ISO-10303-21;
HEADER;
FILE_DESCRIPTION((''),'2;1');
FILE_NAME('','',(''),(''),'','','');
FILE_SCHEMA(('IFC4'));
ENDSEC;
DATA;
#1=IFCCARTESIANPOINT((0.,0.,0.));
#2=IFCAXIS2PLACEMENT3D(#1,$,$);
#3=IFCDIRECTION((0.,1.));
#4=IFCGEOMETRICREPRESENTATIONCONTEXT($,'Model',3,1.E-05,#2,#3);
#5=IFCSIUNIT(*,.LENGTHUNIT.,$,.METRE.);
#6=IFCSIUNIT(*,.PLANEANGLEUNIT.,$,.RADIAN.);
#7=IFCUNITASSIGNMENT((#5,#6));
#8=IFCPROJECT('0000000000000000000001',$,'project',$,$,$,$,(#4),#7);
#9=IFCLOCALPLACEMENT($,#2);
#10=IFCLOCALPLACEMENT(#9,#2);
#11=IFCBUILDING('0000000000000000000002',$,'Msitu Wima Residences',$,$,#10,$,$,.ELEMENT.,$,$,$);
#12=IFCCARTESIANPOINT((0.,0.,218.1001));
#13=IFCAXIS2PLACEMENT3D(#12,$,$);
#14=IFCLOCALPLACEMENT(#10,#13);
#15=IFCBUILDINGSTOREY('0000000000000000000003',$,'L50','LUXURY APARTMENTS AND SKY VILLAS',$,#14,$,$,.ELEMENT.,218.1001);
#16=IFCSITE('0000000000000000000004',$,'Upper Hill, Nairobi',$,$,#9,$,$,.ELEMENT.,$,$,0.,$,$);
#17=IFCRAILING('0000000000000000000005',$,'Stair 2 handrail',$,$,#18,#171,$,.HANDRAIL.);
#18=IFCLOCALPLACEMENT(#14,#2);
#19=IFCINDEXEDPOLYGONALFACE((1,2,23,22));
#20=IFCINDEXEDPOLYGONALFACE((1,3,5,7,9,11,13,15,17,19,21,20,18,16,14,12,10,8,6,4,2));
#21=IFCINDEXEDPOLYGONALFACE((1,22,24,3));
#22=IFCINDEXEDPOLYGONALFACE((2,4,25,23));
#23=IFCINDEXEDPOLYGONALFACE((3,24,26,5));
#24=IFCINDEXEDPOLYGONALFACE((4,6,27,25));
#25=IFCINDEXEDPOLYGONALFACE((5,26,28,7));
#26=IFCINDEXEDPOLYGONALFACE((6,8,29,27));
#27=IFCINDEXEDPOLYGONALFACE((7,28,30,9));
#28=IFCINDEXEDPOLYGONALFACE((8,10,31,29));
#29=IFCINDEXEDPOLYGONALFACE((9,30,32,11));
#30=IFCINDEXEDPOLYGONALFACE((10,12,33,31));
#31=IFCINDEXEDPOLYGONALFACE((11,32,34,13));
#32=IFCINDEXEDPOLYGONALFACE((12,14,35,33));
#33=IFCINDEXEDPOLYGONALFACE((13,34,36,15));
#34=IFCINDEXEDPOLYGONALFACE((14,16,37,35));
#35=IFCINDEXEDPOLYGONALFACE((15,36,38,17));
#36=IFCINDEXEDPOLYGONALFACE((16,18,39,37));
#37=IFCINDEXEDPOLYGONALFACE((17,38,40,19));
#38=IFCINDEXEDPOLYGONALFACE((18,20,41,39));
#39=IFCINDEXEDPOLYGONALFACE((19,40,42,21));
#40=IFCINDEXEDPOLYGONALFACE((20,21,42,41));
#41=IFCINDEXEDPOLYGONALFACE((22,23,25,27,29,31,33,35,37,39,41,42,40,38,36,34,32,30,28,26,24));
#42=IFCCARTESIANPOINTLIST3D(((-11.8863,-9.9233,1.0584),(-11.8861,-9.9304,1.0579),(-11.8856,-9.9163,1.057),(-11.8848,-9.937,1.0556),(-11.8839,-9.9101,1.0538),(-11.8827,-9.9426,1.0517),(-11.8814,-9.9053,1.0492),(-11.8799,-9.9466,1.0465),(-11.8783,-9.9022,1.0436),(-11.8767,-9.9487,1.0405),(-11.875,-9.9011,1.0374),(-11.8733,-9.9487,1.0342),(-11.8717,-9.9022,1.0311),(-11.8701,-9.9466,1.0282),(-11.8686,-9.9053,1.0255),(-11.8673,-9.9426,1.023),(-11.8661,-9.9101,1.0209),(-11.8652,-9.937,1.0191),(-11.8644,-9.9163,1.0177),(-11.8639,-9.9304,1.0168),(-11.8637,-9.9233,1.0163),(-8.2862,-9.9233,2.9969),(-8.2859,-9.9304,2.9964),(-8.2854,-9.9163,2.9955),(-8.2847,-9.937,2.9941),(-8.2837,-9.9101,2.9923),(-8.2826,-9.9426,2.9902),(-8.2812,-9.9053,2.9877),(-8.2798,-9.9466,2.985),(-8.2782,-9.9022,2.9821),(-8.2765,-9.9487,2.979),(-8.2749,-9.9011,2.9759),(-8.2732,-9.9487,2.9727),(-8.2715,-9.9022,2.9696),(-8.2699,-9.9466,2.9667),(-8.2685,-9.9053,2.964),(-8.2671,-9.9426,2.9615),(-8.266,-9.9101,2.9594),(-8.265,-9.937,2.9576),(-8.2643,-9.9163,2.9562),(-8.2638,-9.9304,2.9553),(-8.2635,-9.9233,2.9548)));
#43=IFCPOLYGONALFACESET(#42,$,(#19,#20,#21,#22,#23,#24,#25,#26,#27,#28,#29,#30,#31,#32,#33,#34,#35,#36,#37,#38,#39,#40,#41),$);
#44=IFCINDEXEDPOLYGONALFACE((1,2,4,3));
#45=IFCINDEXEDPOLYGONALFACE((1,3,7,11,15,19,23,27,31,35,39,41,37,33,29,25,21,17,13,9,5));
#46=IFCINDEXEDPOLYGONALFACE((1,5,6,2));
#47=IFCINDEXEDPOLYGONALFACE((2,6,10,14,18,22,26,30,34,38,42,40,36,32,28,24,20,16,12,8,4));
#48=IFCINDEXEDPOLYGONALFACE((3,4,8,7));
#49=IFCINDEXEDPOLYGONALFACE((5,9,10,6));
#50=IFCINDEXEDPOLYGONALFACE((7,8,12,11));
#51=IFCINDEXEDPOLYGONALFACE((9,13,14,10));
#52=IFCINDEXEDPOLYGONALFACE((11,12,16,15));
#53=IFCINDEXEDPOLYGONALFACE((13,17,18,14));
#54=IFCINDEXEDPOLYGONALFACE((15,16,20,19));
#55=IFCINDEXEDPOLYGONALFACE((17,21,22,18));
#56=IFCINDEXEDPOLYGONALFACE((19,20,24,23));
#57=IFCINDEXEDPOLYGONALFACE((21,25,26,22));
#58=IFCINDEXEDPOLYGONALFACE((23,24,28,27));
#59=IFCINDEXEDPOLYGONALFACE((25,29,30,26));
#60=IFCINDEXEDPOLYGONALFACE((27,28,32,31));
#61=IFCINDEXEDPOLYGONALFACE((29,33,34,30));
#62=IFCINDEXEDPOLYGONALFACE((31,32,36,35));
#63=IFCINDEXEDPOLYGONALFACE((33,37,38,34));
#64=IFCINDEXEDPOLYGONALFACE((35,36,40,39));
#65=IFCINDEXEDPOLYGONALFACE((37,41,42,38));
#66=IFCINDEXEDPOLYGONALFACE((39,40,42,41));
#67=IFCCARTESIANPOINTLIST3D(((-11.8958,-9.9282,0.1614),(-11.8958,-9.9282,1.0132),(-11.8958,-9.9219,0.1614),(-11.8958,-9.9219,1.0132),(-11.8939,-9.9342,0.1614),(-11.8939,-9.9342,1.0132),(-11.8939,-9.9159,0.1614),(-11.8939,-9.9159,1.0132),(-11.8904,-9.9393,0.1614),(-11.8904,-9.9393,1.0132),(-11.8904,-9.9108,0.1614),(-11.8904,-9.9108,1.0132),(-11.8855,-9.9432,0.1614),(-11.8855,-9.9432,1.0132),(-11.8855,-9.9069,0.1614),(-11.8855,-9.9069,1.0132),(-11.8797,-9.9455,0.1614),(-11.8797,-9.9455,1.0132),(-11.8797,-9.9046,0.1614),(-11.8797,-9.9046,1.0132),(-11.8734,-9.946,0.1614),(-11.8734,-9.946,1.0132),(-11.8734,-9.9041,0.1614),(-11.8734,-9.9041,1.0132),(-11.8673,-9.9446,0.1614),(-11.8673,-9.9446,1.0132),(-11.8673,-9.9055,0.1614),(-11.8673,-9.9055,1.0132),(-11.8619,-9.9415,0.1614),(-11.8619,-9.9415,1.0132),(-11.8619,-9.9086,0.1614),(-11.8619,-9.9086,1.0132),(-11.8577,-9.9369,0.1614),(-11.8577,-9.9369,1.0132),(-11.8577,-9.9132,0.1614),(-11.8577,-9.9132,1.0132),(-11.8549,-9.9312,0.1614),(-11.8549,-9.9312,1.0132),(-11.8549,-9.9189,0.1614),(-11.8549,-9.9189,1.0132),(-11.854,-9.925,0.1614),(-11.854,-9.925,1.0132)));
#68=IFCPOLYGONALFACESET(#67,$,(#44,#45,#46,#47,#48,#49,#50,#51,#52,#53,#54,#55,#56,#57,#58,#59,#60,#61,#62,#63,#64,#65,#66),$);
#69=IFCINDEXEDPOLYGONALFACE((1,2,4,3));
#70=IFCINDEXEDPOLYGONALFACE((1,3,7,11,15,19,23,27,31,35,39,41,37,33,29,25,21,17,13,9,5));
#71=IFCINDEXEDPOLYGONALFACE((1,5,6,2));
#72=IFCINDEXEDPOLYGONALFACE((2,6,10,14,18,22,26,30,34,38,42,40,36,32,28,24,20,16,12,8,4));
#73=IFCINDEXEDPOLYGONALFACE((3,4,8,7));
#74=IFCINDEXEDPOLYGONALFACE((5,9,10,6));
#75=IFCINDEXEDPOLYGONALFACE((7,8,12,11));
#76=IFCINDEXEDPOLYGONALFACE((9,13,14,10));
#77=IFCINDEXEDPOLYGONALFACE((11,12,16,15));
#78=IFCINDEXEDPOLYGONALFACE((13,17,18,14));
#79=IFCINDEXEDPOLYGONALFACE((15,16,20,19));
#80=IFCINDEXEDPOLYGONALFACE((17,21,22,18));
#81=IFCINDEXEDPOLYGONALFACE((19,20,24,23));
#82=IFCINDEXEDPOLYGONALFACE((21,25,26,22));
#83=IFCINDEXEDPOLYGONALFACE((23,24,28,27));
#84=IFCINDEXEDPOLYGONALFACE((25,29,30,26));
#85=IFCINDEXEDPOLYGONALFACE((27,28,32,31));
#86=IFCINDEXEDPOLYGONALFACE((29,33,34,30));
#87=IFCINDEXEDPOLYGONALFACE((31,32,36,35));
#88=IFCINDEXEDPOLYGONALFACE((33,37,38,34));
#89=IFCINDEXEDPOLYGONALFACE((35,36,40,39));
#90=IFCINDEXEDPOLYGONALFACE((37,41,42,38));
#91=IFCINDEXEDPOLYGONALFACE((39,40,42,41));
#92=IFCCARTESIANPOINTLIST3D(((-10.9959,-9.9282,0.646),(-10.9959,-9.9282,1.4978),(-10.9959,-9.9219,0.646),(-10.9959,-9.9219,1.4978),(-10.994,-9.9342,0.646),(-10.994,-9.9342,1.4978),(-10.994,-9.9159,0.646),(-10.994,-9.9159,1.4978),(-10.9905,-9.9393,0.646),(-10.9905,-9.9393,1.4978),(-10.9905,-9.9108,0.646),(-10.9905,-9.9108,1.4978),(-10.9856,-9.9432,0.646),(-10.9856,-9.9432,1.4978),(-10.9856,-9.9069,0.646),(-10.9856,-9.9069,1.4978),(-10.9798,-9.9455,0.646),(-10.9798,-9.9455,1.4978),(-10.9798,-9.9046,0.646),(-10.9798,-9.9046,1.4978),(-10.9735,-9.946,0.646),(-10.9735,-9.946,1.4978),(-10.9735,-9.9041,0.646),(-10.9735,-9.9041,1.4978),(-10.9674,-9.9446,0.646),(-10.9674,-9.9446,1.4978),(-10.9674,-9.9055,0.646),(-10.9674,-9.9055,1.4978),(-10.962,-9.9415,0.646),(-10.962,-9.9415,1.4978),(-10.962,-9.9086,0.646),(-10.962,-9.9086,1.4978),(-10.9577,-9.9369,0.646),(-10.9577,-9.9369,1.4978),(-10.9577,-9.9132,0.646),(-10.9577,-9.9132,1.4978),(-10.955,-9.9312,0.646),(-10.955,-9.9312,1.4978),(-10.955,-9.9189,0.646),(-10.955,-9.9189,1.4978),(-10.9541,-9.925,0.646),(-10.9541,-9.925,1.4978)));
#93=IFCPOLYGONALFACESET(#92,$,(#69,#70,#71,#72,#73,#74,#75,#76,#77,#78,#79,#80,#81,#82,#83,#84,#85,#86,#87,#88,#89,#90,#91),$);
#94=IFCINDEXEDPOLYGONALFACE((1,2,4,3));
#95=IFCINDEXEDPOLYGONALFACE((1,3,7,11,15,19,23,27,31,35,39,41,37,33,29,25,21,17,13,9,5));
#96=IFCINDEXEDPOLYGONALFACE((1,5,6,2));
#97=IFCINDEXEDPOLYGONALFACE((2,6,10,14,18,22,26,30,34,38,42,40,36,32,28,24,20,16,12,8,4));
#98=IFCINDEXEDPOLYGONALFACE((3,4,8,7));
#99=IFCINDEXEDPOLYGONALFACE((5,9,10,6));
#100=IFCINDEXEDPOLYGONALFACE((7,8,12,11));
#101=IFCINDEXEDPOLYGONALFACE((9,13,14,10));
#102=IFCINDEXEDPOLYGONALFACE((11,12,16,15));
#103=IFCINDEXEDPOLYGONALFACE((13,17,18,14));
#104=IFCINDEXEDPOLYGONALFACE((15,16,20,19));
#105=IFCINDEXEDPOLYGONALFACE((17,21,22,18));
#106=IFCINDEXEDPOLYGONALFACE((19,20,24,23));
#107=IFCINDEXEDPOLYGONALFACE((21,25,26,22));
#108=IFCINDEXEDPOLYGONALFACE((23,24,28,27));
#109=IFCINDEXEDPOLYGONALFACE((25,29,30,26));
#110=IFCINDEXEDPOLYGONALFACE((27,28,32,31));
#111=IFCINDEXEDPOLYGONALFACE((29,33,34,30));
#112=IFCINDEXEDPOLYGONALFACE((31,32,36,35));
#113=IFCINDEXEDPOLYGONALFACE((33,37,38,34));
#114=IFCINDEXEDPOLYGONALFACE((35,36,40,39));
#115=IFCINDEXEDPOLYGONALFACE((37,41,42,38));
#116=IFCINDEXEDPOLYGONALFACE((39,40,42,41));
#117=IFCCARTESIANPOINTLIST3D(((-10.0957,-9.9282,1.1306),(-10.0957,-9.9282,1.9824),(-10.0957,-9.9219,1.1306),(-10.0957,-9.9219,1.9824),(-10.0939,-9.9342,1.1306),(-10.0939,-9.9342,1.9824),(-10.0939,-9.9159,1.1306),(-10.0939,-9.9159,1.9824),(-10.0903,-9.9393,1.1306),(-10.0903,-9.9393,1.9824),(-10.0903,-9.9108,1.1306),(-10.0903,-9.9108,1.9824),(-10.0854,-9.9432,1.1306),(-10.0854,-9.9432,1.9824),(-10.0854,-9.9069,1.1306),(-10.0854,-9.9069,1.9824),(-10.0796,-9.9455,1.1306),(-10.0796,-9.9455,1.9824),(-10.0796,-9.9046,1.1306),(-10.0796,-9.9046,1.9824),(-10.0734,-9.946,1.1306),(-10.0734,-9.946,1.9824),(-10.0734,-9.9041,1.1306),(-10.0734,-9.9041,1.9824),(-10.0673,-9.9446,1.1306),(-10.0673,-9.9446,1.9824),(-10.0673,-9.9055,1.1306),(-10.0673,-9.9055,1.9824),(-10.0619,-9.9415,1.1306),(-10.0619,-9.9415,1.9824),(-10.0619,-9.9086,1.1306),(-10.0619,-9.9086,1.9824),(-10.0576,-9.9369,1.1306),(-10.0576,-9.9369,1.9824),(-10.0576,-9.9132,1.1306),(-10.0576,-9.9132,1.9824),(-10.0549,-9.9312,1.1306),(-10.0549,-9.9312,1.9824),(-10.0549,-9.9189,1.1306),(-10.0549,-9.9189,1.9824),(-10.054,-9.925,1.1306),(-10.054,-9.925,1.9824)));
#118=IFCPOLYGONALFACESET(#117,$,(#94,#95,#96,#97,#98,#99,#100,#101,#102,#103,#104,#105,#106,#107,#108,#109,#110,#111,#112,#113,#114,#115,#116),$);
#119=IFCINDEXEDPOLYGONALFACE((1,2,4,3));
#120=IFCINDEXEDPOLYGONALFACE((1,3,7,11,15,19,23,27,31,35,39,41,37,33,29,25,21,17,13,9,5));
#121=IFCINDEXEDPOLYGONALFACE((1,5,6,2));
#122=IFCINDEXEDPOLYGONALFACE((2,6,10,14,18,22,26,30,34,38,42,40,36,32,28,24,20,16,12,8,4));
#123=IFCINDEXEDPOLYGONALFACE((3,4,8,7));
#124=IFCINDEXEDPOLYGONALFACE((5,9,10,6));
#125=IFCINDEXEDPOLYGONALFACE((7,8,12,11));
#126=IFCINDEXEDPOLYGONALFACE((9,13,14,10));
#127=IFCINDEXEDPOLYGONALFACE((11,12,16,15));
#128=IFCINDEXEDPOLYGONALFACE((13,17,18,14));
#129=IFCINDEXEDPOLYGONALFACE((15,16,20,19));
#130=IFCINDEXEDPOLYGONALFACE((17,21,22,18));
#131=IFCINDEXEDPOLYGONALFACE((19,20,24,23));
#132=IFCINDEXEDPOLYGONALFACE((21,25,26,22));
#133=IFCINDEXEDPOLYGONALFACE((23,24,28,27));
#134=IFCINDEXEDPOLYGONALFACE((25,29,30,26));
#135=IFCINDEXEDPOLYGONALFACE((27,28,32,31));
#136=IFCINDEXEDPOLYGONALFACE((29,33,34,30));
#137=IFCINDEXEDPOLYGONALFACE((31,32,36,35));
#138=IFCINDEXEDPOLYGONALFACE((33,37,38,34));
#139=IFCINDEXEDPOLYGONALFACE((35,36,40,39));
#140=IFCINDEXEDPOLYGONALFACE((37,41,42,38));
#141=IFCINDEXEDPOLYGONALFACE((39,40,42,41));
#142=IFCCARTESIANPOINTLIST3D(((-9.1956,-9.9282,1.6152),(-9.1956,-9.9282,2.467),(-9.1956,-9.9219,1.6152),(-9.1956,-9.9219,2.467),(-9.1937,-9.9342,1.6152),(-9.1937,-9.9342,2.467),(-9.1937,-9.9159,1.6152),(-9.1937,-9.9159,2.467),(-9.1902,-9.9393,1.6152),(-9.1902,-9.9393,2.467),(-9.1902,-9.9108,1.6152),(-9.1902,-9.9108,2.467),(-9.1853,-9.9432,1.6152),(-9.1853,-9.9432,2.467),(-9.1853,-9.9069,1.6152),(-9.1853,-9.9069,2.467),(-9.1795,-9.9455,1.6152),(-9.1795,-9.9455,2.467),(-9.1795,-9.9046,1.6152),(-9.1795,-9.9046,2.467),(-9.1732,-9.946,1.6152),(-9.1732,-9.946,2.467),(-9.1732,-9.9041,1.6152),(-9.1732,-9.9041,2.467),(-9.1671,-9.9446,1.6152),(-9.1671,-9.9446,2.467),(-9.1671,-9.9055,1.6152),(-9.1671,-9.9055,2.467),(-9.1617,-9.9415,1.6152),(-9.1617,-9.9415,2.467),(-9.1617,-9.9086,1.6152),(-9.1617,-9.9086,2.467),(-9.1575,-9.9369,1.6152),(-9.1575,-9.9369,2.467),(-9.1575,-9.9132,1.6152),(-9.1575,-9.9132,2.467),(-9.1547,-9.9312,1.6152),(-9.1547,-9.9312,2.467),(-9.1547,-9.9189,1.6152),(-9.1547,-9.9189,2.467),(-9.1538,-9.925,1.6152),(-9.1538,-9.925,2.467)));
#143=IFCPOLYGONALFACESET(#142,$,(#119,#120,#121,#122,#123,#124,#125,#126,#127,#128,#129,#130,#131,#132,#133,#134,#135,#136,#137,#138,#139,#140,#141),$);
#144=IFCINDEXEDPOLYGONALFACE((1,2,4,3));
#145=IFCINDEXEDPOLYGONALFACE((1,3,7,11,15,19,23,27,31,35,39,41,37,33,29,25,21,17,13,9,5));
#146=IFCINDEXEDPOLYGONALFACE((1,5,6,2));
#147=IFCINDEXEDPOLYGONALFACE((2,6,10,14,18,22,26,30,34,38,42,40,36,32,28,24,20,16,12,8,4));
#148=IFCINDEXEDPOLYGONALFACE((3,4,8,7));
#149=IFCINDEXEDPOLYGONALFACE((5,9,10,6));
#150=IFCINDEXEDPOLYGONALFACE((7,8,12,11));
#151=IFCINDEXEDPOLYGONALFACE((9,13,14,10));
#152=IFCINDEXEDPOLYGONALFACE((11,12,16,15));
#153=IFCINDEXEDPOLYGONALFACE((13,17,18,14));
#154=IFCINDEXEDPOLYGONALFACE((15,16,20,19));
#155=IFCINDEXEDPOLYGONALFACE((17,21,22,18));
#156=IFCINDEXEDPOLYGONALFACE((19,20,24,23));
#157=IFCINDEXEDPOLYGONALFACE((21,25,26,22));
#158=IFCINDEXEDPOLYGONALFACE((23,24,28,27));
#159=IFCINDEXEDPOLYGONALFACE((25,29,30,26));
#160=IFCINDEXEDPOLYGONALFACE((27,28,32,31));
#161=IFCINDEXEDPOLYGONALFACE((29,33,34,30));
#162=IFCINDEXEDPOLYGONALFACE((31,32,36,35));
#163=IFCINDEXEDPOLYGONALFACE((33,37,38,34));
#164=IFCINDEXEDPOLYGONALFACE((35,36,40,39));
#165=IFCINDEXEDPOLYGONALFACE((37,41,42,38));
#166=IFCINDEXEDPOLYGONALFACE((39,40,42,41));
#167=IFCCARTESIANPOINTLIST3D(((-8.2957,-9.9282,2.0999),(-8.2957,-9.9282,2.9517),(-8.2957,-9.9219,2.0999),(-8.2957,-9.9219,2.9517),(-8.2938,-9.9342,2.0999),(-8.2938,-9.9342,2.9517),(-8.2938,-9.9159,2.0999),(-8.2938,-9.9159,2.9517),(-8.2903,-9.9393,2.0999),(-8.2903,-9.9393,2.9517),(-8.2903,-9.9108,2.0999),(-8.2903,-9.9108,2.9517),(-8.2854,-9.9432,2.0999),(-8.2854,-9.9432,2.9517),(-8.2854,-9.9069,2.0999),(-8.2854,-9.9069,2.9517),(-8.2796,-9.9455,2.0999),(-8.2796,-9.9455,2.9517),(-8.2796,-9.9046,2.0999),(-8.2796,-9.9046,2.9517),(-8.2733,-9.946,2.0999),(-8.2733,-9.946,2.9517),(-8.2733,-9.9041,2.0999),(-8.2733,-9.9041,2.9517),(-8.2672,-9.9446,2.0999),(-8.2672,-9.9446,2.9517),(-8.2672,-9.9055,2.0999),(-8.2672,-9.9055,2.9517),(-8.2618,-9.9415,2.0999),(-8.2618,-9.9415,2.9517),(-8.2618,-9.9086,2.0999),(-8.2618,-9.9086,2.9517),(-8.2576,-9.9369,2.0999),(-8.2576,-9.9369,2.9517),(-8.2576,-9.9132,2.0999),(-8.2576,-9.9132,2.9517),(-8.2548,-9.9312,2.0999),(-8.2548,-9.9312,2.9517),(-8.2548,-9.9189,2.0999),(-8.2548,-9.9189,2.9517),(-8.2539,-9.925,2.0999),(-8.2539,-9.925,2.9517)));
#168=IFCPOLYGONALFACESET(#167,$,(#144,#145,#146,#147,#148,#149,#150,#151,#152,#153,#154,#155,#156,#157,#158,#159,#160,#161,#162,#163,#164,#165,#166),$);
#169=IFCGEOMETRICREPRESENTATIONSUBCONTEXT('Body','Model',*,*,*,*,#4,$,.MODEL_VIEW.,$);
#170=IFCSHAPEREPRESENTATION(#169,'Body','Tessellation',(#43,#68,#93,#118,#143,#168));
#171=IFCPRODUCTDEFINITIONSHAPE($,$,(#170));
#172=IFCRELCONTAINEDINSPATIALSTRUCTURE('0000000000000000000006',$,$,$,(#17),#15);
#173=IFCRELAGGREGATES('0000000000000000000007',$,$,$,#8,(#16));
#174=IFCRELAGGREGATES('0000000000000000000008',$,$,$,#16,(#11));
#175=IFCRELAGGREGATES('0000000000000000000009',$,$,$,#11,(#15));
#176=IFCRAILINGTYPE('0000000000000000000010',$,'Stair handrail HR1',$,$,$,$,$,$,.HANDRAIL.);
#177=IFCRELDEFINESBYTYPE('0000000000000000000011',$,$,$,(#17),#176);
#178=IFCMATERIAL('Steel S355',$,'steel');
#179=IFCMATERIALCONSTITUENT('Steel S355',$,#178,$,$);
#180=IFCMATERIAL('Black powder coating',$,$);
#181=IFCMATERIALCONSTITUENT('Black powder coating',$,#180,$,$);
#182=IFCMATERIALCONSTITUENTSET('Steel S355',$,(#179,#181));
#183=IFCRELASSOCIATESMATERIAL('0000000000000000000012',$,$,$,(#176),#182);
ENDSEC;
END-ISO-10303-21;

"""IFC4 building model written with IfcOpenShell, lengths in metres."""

from ifc_helpers import new_model, si_unit, direction, frame, origin, origin_2d, place, context, subcontext, project, spatial, circle, extrude, material, constituent, constituent_set, type_object, element, save


model = new_model("IFC4")

# Units and contexts
model_context = context("Model", 3, precision=1e-05, world=origin(), true_north=direction((0.0, 1.0)))
body_context = subcontext(model_context, "Body", "Model", "MODEL_VIEW")
ifc_project = project(units=[si_unit("LENGTHUNIT", "METRE"), si_unit("PLANEANGLEUNIT", "RADIAN")], contexts=[model_context])

# Site, building, storey
site_placement = place(None, origin())
site = spatial("IfcSite", under=ifc_project, at=site_placement, Name="Upper Hill, Nairobi", CompositionType="ELEMENT", RefElevation=0.0)
building_placement = place(site_placement, origin())
building = spatial("IfcBuilding", under=site, at=building_placement, Name="Msitu Wima Residences", CompositionType="ELEMENT")
storey_placement = place(building_placement, frame((0.0, 0.0, 218.1001)))
storey = spatial("IfcBuildingStorey", under=building, at=storey_placement, Name="L50", Description="LUXURY APARTMENTS AND SKY VILLAS", CompositionType="ELEMENT", Elevation=218.1001)

# Railing
ifc_material_1 = material(Name="Steel S355", Category="steel")
ifc_constituent_1 = constituent(ifc_material_1, Name="Steel S355")
ifc_material_2 = material(Name="Black powder coating")
ifc_constituent_2 = constituent(ifc_material_2, Name="Black powder coating")
ifc_constituent_set = constituent_set(constituents=[ifc_constituent_1, ifc_constituent_2], Name="Steel S355")
railing_type = type_object("IfcRailingType", Name="Stair handrail HR1", PredefinedType="HANDRAIL", material=ifc_constituent_set)
for number, where, name in (
    (1, (-11.875, -9.925, 0.1614), "Stair 2 handrail"),
):
    element("IfcRailing", number, at=place(storey_placement, frame(where)), inside=storey, type_object=railing_type, Name=name, PredefinedType="HANDRAIL", context=body_context, shape_type="SweptSolid", body=[
        extrude(circle(Radius=0.0239, at=origin_2d()), frame((0.0, 0.0, 0.876), z_axis=(0.880475, 0.0, 0.474093), x_axis=(0.0, 1.0, 0.0)), (0.0, 0.0, 1.0), 4.0889),
        extrude(circle(Radius=0.021, at=origin_2d()), origin(), (0.0, 0.0, 1.0), 0.8518),
        extrude(circle(Radius=0.021, at=origin_2d()), frame((0.8999, 0.0, 0.4846)), (0.0, 0.0, 1.0), 0.8518),
        extrude(circle(Radius=0.021, at=origin_2d()), frame((1.8, 0.0, 0.9692)), (0.0, 0.0, 1.0), 0.8518),
        extrude(circle(Radius=0.021, at=origin_2d()), frame((2.7002, 0.0, 1.4539)), (0.0, 0.0, 1.0), 0.8518),
        extrude(circle(Radius=0.021, at=origin_2d()), frame((3.6001, 0.0, 1.9385)), (0.0, 0.0, 1.0), 0.8518),
    ])

save(model, "model.ifc")
